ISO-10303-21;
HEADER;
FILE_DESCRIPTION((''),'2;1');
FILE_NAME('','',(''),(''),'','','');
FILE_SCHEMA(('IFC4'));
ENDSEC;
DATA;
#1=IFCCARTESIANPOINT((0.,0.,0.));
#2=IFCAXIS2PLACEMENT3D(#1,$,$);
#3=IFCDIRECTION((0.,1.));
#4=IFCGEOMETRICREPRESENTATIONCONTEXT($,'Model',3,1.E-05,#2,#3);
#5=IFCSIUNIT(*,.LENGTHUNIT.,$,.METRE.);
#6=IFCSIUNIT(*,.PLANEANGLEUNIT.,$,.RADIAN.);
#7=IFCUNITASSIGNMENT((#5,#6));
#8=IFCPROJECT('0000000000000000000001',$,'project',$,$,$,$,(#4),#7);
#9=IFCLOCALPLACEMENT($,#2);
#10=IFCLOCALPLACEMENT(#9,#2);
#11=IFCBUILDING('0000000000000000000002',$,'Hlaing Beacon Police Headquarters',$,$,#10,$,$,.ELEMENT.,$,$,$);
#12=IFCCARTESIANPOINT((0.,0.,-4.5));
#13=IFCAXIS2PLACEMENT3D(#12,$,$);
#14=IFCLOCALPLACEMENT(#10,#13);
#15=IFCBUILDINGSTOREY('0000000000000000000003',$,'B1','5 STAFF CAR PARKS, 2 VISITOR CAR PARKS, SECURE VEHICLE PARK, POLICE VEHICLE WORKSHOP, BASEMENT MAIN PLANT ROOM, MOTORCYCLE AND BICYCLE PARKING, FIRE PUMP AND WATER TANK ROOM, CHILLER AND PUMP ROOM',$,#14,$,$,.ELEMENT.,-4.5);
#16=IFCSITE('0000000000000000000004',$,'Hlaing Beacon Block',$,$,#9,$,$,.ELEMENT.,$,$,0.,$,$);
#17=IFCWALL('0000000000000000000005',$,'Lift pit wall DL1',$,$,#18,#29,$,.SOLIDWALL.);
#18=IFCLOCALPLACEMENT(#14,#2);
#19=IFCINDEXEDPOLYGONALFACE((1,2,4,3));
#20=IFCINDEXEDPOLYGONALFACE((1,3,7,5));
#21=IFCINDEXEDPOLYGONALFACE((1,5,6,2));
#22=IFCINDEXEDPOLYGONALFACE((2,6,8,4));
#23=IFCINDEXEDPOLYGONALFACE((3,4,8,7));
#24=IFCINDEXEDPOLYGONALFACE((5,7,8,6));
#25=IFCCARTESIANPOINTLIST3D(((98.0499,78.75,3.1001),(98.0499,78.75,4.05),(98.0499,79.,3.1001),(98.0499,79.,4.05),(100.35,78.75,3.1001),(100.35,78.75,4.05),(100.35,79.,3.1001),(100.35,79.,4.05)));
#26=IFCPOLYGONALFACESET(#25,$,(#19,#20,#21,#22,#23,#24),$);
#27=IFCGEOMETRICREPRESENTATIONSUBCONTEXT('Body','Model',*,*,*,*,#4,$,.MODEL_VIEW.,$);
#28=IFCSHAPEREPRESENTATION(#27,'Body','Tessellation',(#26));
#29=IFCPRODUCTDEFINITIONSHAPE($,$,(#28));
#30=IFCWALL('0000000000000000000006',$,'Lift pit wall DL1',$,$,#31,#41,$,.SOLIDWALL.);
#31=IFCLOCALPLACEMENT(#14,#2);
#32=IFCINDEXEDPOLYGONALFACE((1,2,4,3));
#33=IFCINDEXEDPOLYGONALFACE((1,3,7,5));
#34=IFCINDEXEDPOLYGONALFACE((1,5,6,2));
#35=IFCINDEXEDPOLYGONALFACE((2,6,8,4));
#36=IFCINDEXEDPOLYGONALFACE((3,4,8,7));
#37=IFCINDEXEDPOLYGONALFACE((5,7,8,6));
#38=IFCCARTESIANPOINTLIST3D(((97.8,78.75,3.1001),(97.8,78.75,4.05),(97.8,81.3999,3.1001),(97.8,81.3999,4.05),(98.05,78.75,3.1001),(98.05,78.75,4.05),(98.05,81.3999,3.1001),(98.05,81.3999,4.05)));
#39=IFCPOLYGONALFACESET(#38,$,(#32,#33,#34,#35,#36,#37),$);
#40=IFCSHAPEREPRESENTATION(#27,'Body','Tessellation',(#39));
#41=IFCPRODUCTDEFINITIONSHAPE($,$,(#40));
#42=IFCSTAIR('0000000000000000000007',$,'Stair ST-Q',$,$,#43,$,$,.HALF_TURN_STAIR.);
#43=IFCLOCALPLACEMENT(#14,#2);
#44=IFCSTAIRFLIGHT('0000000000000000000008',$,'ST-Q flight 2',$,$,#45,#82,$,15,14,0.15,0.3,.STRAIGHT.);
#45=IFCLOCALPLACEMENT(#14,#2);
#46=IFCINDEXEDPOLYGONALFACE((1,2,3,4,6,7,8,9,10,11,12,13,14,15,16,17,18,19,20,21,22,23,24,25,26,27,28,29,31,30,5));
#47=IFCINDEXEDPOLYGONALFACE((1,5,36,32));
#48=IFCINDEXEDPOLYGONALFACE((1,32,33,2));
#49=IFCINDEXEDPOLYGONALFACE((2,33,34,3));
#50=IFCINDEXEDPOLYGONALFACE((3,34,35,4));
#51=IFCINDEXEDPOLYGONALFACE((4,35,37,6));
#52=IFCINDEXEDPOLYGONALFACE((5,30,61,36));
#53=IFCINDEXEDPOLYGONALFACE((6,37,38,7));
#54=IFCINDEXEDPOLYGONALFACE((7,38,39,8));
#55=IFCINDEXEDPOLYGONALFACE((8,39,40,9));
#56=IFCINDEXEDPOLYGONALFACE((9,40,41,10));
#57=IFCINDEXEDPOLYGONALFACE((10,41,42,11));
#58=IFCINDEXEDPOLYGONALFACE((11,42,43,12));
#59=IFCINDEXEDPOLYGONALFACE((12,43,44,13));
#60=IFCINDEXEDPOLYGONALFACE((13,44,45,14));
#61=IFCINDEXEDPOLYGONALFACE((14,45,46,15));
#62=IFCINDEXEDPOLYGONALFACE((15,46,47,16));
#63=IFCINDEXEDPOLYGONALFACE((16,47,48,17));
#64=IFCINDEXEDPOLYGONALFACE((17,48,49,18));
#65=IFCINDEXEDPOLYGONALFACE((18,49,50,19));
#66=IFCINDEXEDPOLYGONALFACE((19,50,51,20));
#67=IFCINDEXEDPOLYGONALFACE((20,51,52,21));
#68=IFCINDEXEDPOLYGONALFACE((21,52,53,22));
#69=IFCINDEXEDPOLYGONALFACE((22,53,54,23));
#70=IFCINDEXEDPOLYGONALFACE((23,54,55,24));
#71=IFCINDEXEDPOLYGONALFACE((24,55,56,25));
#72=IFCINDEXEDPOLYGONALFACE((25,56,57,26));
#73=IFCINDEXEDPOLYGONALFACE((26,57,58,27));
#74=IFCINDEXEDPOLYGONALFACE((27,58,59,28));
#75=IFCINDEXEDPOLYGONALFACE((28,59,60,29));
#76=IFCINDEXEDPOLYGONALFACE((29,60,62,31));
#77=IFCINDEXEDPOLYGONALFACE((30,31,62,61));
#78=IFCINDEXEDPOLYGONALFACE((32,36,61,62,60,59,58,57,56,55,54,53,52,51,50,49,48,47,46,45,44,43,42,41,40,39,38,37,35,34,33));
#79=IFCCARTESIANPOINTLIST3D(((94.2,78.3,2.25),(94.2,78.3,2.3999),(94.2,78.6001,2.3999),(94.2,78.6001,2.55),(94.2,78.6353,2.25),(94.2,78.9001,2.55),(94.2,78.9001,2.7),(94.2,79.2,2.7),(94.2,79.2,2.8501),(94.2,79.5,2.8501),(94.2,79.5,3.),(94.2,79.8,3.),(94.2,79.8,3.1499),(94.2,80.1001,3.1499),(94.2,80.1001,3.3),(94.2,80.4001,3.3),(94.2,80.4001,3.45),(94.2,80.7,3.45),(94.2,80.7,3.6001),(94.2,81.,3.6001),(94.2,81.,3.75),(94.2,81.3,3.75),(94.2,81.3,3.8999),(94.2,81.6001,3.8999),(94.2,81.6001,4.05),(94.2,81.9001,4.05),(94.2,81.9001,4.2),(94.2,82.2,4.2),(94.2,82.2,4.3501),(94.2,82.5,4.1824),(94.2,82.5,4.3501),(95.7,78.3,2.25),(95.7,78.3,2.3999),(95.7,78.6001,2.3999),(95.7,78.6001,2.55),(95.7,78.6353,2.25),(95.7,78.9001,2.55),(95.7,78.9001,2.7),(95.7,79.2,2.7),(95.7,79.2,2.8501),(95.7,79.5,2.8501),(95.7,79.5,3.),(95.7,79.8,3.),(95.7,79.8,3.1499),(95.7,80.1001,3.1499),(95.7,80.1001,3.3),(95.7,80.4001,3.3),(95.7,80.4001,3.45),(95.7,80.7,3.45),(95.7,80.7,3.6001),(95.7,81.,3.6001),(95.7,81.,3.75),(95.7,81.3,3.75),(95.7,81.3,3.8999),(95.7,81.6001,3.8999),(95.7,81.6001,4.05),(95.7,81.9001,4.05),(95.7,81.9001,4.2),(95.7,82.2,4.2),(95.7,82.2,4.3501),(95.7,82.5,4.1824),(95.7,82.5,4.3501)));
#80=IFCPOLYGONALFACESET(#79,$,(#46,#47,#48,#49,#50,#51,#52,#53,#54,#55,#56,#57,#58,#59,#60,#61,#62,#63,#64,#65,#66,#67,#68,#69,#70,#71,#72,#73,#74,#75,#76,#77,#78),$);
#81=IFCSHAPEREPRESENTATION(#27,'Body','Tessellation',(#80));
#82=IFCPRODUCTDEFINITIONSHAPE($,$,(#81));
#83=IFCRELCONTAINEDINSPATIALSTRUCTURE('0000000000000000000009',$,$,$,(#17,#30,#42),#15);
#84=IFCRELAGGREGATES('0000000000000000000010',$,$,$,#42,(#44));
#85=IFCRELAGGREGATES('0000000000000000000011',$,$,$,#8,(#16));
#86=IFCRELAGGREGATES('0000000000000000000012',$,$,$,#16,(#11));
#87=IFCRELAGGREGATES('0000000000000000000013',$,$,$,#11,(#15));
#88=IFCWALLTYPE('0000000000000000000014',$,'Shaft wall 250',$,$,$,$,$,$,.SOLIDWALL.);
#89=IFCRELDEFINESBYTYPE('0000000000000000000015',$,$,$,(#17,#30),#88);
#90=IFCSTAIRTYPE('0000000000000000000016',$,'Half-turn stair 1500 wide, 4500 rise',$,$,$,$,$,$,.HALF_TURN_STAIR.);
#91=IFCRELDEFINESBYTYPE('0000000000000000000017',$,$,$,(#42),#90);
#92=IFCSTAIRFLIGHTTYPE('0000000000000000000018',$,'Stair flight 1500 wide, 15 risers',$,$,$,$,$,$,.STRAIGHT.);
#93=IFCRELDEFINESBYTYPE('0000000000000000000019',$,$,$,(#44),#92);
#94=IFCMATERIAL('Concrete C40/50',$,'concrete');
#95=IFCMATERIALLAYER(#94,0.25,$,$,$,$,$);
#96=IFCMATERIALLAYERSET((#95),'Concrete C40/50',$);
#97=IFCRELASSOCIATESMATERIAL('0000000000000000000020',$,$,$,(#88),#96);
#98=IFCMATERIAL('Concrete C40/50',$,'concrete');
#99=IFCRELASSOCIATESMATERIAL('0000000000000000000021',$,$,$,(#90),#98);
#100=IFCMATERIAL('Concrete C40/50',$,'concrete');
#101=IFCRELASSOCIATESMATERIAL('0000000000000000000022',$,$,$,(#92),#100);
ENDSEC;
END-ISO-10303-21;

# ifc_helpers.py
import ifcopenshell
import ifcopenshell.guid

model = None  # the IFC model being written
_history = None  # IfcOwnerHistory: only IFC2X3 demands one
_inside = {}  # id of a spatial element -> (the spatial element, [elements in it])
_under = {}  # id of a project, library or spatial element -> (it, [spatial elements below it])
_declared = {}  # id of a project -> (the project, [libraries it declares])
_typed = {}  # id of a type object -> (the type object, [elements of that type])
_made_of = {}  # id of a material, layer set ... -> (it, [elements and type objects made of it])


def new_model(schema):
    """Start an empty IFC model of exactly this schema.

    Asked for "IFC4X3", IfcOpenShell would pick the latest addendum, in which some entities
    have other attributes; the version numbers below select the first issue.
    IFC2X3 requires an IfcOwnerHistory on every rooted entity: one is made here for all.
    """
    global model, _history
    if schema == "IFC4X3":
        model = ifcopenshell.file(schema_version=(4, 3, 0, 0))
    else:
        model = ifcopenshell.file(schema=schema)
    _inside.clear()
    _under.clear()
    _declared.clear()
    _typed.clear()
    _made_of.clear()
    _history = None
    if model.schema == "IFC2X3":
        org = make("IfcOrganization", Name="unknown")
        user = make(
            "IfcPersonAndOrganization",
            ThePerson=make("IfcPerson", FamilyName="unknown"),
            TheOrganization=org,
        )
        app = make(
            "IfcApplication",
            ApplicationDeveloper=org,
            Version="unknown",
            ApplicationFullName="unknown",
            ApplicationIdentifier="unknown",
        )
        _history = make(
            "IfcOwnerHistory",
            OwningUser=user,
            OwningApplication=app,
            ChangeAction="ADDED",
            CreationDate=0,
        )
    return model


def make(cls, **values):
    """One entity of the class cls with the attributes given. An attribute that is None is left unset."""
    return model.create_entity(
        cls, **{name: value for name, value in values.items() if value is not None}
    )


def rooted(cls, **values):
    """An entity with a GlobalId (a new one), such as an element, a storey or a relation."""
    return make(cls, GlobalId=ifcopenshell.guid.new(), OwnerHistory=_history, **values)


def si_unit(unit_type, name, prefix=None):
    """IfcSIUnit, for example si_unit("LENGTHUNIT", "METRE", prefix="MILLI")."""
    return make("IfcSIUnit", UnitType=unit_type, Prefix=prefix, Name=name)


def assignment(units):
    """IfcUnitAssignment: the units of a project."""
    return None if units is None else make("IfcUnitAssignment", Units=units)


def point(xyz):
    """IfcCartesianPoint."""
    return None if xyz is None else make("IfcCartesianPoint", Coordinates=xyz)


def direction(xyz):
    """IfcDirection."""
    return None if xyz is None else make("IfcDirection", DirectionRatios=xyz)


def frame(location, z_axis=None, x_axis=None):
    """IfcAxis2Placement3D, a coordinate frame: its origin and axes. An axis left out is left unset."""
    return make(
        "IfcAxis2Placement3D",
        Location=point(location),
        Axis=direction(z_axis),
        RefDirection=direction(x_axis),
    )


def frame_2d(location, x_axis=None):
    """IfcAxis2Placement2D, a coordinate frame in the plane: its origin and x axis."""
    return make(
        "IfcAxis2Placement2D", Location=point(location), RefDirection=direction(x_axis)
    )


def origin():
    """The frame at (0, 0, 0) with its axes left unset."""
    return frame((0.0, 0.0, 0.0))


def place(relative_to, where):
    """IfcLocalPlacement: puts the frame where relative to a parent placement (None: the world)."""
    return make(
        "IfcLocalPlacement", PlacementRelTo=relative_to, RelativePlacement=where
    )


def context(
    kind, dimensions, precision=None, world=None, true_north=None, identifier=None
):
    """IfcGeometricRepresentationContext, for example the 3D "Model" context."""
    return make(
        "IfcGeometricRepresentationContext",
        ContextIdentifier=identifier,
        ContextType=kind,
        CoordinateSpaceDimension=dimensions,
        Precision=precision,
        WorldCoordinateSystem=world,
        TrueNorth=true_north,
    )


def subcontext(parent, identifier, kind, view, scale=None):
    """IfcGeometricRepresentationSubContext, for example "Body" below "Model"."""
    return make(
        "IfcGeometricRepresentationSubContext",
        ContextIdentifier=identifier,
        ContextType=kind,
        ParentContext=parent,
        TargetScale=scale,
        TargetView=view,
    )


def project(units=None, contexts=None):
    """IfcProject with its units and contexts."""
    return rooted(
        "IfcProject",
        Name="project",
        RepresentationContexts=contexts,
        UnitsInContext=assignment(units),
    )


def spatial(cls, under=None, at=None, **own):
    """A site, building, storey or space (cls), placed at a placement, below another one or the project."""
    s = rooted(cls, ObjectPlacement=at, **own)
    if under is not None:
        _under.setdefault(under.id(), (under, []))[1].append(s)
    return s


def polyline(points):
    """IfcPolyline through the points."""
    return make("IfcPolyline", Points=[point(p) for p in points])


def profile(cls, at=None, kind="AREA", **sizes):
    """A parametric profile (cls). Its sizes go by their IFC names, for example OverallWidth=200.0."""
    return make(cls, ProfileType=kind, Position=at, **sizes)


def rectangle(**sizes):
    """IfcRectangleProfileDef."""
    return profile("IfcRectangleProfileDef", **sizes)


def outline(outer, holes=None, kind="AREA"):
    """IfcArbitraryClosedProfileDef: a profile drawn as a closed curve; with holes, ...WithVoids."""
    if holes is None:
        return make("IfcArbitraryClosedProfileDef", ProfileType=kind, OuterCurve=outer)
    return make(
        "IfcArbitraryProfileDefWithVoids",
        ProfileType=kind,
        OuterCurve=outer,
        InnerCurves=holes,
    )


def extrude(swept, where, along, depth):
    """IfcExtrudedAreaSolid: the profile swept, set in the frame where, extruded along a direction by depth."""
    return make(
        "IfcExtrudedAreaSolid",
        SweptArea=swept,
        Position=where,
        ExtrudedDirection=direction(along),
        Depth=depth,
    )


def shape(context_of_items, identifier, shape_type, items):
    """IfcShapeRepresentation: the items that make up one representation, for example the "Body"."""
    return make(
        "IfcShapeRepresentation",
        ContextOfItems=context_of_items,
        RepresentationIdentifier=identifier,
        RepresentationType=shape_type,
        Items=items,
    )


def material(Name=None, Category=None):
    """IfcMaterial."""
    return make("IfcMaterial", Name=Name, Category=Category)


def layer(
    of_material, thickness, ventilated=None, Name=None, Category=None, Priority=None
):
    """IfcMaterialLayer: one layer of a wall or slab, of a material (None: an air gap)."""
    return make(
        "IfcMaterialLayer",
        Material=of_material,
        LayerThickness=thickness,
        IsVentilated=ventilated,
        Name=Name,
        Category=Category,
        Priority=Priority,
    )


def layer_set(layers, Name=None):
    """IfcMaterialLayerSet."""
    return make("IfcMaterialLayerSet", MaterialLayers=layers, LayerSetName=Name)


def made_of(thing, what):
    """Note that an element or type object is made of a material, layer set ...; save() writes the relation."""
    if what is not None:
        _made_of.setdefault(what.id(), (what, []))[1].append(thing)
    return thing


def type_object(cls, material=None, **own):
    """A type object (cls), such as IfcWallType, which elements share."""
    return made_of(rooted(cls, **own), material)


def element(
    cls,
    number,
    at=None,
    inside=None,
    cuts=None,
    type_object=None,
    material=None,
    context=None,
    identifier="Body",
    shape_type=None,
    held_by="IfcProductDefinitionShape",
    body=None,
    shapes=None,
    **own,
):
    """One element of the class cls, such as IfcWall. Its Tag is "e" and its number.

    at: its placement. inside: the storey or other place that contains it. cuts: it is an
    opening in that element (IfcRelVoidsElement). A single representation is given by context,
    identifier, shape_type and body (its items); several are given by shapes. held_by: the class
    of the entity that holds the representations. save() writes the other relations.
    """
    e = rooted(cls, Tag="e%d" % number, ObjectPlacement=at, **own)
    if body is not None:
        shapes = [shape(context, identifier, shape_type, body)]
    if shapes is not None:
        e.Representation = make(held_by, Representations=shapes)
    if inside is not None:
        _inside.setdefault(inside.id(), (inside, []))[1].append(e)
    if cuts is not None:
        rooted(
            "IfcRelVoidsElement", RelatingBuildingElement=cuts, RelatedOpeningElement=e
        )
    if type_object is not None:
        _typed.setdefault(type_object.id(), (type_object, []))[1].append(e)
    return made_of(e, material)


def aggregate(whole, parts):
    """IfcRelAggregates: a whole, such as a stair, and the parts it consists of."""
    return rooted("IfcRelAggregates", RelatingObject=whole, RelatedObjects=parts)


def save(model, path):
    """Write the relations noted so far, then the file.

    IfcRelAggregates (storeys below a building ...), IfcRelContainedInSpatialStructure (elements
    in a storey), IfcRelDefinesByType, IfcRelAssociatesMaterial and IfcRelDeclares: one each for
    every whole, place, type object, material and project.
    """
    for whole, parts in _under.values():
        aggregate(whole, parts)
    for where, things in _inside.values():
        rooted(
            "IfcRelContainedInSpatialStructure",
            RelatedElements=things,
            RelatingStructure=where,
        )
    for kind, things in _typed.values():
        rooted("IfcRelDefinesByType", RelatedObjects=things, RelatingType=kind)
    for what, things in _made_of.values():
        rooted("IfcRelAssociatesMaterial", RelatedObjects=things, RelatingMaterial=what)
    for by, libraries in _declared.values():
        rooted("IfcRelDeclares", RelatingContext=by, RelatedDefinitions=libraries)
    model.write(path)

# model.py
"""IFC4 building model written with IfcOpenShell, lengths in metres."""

from ifc_helpers import new_model, si_unit, direction, frame, frame_2d, origin, place, context, subcontext, project, spatial, polyline, rectangle, outline, extrude, material, layer, layer_set, type_object, element, aggregate, save


model = new_model("IFC4")

# Units and contexts
model_context = context("Model", 3, precision=1e-05, world=origin(), true_north=direction((0.0, 1.0)))
body_context = subcontext(model_context, "Body", "Model", "MODEL_VIEW")
ifc_project = project(units=[si_unit("LENGTHUNIT", "METRE"), si_unit("PLANEANGLEUNIT", "RADIAN")], contexts=[model_context])

# Site, building, storey
site_placement = place(None, origin())
site = spatial("IfcSite", under=ifc_project, at=site_placement, Name="Hlaing Beacon Block", CompositionType="ELEMENT", RefElevation=0.0)
building_placement = place(site_placement, origin())
building = spatial("IfcBuilding", under=site, at=building_placement, Name="Hlaing Beacon Police Headquarters", CompositionType="ELEMENT")
storey_placement = place(building_placement, frame((0.0, 0.0, -4.5)))
storey = spatial("IfcBuildingStorey", under=building, at=storey_placement, Name="B1", Description="5 STAFF CAR PARKS, 2 VISITOR CAR PARKS, SECURE VEHICLE PARK, POLICE VEHICLE WORKSHOP, BASEMENT MAIN PLANT ROOM, MOTORCYCLE AND BICYCLE PARKING, FIRE PUMP AND WATER TANK ROOM, CHILLER AND PUMP ROOM", CompositionType="ELEMENT", Elevation=-4.5)

# Shared definitions
ifc_material_1 = material(Name="Concrete C40/50", Category="concrete")
ifc_layer_1 = layer(ifc_material_1, 0.25)
ifc_layer_set_1 = layer_set([ifc_layer_1], Name="Concrete C40/50")
wall_type_1 = type_object("IfcWallType", Name="Shaft wall 250", PredefinedType="SOLIDWALL", material=ifc_layer_set_1)

# Walls
for number, where, z_axis, x_axis, name in (
    (1, (98.05, 78.875, 3.1001), (0.0, 0.0, 1.0), (1.0, 0.0, 0.0), "Lift pit wall DL1"),
):
    element("IfcWall", number, at=place(storey_placement, frame(where, z_axis=z_axis, x_axis=x_axis)), inside=storey, type_object=wall_type_1, Name=name, PredefinedType="SOLIDWALL", context=body_context, shape_type="SweptSolid", body=[
        extrude(rectangle(XDim=2.3, YDim=0.25, at=frame_2d((1.1499, 0.0))), origin(), (0.0, 0.0, 1.0), 0.95),
    ])
wall_1_placement = place(storey_placement, frame((97.925, 78.75, 3.1001), z_axis=(0.0, 0.0, 1.0), x_axis=(0.0, 1.0, 0.0)))
element("IfcWall", 2, at=wall_1_placement, inside=storey, type_object=wall_type_1, Name="Lift pit wall DL1", PredefinedType="SOLIDWALL", context=body_context, shape_type="SweptSolid", body=[
    extrude(rectangle(XDim=2.6499, YDim=0.25, at=frame_2d((1.325, 0.0))), origin(), (0.0, 0.0, 1.0), 0.95),
])

# Stair, stair flight
ifc_material_2 = material(Name="Concrete C40/50", Category="concrete")
stair_type = type_object("IfcStairType", Name="Half-turn stair 1500 wide, 4500 rise", PredefinedType="HALF_TURN_STAIR", material=ifc_material_2)
stair_placement = place(storey_placement, origin())
stair = element("IfcStair", 3, at=stair_placement, inside=storey, type_object=stair_type, Name="Stair ST-Q", PredefinedType="HALF_TURN_STAIR")
ifc_material_3 = material(Name="Concrete C40/50", Category="concrete")
stair_flight_type = type_object("IfcStairFlightType", Name="Stair flight 1500 wide, 15 risers", PredefinedType="STRAIGHT", material=ifc_material_3)
stair_flight_placement = place(storey_placement, frame((94.95, 78.3, 2.25), z_axis=(0.0, 0.0, 1.0), x_axis=(0.0, 1.0, 0.0)))
stair_flight = element("IfcStairFlight", 4, at=stair_flight_placement, type_object=stair_flight_type, Name="ST-Q flight 2", NumberOfRisers=15, NumberOfTreads=14, PredefinedType="STRAIGHT", RiserHeight=0.15, TreadLength=0.3, context=body_context, shape_type="SweptSolid", body=[
    extrude(outline(polyline([(0.0, 0.0), (0.0, 0.1499), (0.3, 0.1499), (0.3, 0.3), (0.6001, 0.3), (0.6001, 0.45), (0.8999, 0.45), (0.8999, 0.6001), (1.2, 0.6001), (1.2, 0.75), (1.5, 0.75), (1.5, 0.8999), (1.8, 0.8999), (1.8, 1.05), (2.1001, 1.05), (2.1001, 1.2), (2.3999, 1.2), (2.3999, 1.3501), (2.7, 1.3501), (2.7, 1.5), (3.0, 1.5), (3.0, 1.6499), (3.3, 1.6499), (3.3, 1.8), (3.6001, 1.8), (3.6001, 1.95), (3.8999, 1.95), (3.8999, 2.1001), (4.2, 2.1001), (4.2, 2.25), (4.2, 1.9324), (0.3352, 0.0), (0.0, 0.0)])), frame((0.0, 0.75, 0.0), z_axis=(0.0, -1.0, 0.0), x_axis=(1.0, 0.0, 0.0)), (0.0, 0.0, 1.0), 1.5),
])
aggregate(stair, [stair_flight])

save(model, "model.ifc")
